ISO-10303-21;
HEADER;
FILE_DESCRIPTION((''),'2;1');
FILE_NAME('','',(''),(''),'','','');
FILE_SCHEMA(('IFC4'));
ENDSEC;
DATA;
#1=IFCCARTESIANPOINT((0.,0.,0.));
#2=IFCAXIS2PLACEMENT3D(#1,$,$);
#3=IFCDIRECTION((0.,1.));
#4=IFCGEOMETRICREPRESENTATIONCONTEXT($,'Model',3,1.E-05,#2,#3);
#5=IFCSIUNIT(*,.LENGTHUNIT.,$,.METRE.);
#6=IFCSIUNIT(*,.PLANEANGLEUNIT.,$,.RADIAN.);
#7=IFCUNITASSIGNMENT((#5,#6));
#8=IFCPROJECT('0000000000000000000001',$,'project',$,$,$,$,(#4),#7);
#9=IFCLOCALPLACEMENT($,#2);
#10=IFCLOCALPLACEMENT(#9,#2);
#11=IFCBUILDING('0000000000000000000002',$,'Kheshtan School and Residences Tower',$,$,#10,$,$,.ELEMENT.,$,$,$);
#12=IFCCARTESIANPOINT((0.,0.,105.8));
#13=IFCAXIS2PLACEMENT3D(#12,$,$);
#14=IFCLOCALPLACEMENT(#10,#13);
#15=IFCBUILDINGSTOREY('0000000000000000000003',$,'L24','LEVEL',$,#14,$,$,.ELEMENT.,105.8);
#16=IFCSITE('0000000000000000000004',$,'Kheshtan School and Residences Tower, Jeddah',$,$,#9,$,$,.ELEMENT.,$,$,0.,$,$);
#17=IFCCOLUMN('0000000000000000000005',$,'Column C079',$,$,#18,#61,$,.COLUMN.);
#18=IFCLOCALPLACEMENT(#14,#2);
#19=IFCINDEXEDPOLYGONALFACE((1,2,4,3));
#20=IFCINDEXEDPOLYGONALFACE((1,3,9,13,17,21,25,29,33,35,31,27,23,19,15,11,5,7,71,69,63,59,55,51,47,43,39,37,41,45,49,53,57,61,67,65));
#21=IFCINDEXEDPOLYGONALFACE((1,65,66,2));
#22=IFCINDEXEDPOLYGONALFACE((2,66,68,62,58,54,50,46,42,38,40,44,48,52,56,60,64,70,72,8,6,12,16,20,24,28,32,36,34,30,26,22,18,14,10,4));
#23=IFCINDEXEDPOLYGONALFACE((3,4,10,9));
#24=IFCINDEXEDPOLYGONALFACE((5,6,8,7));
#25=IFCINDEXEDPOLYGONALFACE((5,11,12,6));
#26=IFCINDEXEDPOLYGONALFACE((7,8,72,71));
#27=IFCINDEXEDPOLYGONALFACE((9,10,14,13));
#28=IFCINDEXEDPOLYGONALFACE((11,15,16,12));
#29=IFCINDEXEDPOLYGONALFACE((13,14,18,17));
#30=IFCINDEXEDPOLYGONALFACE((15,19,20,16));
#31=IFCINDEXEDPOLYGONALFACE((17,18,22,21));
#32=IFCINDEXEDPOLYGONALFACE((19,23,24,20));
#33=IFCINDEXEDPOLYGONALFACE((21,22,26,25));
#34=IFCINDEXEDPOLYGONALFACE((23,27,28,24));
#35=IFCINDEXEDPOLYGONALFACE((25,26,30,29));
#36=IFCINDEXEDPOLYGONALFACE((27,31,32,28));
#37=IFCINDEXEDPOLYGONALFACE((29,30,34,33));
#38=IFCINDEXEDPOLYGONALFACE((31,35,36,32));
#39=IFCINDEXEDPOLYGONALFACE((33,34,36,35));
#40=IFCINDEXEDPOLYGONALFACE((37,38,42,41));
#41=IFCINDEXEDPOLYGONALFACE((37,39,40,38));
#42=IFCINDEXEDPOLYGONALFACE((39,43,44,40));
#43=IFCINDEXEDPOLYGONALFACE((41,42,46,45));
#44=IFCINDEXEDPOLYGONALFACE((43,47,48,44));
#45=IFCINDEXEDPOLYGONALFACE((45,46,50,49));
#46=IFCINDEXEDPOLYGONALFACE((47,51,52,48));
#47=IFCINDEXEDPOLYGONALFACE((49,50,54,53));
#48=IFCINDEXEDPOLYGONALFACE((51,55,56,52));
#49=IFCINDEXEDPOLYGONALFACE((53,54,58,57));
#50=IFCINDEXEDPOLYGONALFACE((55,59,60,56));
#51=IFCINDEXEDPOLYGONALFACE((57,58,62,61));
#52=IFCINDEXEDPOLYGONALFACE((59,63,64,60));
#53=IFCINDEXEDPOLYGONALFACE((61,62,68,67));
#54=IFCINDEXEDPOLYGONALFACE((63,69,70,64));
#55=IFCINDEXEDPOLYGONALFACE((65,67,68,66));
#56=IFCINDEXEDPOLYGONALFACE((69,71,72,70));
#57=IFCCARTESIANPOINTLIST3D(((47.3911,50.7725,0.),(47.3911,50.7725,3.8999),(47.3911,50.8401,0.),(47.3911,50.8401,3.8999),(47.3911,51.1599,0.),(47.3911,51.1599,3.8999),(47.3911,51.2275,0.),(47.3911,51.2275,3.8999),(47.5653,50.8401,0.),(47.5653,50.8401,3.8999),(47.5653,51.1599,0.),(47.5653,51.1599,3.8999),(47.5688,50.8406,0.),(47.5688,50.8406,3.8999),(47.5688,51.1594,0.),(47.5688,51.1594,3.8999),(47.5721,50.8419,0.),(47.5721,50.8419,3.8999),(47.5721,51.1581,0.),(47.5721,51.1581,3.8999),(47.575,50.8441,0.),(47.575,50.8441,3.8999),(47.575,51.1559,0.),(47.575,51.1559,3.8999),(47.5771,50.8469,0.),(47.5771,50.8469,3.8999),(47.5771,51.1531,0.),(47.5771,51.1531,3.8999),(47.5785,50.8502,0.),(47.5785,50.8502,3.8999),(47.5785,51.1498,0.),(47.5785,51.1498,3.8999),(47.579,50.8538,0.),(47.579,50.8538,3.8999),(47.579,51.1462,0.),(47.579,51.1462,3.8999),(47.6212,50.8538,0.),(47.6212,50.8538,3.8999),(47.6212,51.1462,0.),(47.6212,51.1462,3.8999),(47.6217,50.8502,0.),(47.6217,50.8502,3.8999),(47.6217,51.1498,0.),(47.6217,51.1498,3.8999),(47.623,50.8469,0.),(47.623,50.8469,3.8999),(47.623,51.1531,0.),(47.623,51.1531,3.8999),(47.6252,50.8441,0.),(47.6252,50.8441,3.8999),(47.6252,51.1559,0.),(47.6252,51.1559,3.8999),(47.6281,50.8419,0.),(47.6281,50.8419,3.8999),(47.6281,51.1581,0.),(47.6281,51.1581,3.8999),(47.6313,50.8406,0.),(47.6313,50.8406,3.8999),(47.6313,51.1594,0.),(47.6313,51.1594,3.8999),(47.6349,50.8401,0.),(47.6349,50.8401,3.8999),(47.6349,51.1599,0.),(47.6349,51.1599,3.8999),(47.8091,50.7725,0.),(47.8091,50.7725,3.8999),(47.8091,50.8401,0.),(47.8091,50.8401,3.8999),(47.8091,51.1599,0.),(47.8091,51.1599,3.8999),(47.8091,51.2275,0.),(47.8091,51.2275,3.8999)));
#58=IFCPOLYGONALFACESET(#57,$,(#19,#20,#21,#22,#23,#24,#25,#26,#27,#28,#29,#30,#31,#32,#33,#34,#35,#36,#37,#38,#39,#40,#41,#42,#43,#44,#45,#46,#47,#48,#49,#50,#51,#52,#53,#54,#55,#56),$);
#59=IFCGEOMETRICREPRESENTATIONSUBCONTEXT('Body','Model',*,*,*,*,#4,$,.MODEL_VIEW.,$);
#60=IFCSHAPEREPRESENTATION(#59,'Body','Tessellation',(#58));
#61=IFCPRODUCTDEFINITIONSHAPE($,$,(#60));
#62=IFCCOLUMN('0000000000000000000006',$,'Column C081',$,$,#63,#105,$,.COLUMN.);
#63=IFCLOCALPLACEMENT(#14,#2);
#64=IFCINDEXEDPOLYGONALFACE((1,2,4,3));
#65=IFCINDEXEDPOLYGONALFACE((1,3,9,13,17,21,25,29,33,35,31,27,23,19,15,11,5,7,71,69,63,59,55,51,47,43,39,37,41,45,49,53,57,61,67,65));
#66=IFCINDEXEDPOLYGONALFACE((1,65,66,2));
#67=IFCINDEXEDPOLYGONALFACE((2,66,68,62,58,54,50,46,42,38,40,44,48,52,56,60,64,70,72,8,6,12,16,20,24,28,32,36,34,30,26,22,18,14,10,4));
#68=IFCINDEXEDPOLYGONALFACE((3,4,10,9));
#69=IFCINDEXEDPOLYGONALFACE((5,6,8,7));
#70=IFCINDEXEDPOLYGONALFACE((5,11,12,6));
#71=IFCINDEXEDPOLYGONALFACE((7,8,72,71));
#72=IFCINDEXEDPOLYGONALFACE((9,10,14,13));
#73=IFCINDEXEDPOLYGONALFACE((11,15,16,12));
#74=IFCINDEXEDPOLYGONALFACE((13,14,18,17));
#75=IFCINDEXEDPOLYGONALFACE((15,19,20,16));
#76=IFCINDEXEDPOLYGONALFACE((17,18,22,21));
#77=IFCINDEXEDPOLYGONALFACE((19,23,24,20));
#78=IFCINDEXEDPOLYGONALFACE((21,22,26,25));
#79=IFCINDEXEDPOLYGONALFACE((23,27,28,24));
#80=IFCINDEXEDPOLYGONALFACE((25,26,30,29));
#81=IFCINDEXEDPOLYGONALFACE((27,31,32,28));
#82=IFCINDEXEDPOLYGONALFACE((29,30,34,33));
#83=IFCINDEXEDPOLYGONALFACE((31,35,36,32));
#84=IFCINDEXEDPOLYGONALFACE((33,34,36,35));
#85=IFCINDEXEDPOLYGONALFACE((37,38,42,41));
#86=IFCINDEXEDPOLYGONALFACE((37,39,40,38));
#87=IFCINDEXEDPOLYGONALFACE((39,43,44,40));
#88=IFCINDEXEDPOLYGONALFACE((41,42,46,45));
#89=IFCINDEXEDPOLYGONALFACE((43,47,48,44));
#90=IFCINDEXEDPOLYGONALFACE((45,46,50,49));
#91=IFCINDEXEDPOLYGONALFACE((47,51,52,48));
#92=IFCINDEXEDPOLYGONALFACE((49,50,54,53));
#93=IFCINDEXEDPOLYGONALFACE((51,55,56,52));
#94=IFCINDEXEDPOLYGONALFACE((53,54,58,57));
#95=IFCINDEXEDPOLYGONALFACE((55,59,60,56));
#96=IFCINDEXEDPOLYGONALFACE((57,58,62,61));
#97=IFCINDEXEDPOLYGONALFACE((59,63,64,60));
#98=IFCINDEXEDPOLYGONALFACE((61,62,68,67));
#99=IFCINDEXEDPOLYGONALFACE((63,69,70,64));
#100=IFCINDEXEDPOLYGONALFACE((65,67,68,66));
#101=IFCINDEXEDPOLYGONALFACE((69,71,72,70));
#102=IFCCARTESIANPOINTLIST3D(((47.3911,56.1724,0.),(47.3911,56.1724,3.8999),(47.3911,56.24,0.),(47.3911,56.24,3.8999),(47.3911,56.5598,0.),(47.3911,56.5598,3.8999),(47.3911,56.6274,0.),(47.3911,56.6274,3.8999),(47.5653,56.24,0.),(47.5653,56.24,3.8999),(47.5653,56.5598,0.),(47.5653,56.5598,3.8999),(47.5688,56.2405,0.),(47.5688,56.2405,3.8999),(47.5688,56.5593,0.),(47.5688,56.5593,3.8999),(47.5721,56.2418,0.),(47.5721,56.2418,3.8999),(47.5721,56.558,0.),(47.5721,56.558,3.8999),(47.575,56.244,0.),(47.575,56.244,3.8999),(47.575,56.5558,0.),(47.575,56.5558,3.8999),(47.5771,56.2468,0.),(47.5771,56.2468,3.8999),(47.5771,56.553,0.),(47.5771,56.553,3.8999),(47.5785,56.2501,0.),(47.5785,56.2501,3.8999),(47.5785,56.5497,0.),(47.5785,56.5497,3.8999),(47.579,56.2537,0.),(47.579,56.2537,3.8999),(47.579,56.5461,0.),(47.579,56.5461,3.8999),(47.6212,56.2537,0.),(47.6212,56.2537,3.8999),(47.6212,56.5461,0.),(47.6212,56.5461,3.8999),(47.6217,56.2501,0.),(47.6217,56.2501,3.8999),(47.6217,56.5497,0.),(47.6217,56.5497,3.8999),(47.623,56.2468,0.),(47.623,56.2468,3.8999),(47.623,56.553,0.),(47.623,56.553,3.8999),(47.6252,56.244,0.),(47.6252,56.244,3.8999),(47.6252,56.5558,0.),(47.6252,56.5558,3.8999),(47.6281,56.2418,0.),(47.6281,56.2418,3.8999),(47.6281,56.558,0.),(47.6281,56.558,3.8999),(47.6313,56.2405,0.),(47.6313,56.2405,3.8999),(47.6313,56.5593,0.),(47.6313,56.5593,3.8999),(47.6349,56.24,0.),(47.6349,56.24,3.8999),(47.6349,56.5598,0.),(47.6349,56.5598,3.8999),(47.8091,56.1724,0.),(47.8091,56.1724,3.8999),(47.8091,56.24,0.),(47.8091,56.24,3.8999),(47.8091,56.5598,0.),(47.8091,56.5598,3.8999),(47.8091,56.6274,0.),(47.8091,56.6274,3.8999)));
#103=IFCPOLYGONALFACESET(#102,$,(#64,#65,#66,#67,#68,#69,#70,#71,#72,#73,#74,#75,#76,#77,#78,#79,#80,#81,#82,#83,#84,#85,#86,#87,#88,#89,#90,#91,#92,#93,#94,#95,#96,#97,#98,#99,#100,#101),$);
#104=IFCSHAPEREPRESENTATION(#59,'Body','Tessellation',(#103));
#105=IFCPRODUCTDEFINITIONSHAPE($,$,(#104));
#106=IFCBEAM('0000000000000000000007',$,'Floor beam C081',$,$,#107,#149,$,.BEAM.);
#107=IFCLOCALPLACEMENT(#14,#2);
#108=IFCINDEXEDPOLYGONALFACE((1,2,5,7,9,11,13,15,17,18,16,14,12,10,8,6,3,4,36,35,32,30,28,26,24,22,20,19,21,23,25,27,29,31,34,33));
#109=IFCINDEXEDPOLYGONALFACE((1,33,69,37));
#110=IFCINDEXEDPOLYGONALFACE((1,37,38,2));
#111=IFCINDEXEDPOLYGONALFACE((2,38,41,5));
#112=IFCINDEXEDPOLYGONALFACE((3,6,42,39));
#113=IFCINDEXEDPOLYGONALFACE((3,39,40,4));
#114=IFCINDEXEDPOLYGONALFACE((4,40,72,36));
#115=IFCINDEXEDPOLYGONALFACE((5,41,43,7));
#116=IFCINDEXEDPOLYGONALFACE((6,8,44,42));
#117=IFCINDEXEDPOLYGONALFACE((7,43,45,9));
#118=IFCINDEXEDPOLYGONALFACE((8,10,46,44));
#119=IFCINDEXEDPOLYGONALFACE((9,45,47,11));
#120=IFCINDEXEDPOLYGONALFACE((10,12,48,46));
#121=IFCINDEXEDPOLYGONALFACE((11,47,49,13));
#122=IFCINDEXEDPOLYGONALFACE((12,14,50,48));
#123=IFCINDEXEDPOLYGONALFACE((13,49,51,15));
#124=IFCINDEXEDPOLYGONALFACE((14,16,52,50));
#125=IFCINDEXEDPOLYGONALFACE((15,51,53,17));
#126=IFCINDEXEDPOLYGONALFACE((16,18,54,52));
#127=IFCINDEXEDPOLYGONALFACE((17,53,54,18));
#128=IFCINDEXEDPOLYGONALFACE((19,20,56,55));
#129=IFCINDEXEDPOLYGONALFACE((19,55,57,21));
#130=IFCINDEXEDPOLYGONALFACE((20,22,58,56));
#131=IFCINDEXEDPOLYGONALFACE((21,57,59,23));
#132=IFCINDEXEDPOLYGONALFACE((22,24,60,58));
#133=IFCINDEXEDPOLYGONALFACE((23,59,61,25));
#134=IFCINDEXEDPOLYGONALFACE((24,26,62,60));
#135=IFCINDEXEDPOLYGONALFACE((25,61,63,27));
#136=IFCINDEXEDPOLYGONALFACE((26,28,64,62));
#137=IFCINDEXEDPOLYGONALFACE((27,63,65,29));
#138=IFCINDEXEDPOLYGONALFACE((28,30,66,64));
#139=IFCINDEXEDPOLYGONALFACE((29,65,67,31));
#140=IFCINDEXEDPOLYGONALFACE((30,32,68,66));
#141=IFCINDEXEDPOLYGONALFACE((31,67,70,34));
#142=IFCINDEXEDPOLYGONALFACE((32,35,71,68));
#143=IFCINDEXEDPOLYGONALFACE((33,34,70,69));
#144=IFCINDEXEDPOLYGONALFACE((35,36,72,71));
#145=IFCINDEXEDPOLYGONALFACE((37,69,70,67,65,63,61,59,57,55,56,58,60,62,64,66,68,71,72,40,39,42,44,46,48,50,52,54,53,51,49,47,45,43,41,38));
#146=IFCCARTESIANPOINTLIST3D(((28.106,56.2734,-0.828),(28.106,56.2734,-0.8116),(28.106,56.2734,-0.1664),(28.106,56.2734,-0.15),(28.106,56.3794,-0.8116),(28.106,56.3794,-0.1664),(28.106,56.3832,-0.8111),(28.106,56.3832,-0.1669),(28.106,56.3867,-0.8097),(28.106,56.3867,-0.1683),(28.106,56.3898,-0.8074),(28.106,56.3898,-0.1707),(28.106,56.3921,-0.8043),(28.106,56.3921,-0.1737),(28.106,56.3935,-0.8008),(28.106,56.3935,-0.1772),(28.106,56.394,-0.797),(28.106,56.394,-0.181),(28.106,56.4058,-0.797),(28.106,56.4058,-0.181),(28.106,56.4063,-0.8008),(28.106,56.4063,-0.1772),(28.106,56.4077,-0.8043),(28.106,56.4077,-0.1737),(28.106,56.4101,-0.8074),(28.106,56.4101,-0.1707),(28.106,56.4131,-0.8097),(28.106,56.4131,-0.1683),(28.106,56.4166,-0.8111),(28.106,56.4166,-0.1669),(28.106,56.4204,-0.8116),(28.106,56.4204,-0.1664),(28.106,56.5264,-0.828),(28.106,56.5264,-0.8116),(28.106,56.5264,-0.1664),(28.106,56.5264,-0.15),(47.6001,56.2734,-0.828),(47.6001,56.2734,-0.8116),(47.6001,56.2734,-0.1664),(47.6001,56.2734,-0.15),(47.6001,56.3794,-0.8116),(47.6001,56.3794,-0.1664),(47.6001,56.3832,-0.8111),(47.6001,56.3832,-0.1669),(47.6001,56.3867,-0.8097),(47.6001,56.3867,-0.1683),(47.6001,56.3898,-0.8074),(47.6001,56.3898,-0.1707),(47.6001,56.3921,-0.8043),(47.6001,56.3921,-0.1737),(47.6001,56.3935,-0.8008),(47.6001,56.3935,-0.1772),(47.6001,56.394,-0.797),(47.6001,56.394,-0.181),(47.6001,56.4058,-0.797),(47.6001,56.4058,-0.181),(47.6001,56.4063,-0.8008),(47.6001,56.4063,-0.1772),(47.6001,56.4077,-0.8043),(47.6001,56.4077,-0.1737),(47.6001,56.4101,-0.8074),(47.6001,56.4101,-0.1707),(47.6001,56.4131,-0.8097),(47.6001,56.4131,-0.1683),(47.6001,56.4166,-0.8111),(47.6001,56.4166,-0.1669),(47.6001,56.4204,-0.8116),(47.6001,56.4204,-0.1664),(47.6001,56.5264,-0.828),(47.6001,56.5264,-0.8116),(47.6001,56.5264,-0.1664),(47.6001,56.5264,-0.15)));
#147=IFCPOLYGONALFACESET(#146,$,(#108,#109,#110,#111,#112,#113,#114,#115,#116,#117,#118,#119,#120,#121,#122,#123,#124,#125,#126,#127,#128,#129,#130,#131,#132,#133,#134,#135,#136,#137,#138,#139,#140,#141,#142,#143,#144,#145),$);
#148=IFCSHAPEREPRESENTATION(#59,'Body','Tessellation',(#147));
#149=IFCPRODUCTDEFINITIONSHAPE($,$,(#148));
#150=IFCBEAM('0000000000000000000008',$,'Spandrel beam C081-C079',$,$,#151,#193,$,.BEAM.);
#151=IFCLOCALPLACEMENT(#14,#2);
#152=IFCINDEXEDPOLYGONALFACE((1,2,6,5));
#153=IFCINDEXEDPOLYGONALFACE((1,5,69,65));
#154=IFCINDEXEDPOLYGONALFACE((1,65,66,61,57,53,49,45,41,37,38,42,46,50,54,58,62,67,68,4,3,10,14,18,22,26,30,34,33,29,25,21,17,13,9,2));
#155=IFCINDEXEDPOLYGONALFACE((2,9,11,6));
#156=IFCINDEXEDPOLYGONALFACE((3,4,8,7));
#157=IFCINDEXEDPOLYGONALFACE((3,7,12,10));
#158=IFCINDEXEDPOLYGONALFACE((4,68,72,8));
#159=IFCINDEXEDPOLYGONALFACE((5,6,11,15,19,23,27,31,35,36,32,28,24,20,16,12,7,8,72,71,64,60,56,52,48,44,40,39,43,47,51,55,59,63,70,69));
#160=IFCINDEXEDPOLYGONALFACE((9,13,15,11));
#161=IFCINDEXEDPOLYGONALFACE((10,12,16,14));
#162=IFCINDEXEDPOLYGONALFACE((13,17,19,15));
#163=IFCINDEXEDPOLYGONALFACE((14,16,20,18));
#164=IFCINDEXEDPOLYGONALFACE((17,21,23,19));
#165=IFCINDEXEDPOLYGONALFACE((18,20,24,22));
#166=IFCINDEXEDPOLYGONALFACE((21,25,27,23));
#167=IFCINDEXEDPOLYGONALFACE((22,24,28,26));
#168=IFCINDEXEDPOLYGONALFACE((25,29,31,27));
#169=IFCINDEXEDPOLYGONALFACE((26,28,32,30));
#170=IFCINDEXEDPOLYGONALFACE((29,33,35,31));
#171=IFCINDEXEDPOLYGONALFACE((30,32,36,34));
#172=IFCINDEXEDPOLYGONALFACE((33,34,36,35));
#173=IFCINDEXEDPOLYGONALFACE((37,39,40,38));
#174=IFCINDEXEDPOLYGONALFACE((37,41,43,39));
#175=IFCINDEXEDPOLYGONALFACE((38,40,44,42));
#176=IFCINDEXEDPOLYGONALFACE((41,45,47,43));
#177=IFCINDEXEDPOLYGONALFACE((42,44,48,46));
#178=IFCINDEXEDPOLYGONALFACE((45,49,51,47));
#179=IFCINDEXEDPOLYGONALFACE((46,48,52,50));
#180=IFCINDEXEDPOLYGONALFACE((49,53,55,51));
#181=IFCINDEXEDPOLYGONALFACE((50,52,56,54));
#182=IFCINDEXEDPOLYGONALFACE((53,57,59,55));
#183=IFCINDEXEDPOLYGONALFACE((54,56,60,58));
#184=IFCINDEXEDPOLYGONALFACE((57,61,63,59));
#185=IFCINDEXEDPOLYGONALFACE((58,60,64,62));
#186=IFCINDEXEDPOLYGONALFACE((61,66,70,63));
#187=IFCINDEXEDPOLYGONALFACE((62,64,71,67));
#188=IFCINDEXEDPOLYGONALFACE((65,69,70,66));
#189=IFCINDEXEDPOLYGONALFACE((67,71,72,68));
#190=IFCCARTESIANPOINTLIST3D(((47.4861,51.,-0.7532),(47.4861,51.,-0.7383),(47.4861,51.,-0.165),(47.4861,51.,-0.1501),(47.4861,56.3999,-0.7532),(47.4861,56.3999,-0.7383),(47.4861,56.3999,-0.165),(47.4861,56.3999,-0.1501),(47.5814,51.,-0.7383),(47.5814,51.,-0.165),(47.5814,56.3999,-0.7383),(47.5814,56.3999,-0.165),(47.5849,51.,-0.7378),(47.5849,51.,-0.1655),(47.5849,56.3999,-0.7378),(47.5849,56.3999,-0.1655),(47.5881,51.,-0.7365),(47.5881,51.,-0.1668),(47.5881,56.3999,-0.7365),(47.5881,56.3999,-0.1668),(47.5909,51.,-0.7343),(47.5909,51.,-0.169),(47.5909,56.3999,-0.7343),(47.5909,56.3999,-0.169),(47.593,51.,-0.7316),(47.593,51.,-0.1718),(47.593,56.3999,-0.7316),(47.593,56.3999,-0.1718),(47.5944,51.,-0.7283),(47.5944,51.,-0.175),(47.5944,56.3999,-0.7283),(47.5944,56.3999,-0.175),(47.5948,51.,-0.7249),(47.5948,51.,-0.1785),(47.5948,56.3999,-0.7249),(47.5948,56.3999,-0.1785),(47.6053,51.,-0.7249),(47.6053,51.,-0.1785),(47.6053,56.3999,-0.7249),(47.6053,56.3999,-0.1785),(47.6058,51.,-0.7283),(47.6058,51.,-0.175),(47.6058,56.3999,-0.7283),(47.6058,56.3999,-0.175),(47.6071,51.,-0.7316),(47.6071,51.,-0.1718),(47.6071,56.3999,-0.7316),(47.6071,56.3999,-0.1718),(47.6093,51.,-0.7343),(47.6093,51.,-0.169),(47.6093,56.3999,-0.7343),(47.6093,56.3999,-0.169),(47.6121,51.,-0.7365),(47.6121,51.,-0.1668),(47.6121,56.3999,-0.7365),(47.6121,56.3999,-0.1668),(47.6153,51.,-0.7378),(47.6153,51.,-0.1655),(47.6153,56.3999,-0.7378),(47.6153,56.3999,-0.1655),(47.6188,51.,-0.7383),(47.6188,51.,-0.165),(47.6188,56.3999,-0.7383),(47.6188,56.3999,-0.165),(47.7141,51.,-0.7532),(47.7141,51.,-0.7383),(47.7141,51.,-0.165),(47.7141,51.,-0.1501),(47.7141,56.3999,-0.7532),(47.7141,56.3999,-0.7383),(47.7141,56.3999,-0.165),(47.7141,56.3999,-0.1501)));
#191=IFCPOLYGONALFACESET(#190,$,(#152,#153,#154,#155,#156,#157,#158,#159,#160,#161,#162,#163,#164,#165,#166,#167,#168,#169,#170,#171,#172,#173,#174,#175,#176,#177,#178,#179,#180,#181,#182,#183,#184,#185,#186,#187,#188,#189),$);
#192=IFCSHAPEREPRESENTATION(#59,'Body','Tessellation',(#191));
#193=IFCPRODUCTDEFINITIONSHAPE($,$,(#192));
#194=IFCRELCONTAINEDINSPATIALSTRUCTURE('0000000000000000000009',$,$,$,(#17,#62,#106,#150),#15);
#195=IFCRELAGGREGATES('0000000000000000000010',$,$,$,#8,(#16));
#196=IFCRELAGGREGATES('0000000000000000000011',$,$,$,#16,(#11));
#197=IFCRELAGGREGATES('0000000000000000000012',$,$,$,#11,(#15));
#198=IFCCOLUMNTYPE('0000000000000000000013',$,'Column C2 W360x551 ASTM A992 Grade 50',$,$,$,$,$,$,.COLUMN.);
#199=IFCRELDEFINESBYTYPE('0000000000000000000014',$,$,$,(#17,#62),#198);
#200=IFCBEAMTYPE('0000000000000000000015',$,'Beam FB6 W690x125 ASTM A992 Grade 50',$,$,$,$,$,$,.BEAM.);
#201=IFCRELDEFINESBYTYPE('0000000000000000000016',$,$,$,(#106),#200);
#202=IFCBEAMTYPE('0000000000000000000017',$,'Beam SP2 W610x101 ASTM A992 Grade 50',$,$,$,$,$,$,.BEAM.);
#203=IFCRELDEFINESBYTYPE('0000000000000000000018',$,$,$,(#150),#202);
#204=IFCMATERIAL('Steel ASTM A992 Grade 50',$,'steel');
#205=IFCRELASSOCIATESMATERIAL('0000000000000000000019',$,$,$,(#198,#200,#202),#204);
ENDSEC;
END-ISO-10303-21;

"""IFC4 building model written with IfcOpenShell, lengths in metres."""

from ifc_helpers import new_model, si_unit, direction, frame, origin, origin_2d, place, context, subcontext, project, spatial, i_section, extrude, material, material_profile, profile_set, type_object, element, save


model = new_model("IFC4")

# Units and contexts
model_context = context("Model", 3, precision=1e-05, world=origin(), true_north=direction((0.0, 1.0)))
body_context = subcontext(model_context, "Body", "Model", "MODEL_VIEW")
ifc_project = project(units=[si_unit("LENGTHUNIT", "METRE"), si_unit("PLANEANGLEUNIT", "RADIAN")], contexts=[model_context])

# Site, building, storey
site_placement = place(None, origin())
site = spatial("IfcSite", under=ifc_project, at=site_placement, Name="Kheshtan School and Residences Tower, Jeddah", CompositionType="ELEMENT", RefElevation=0.0)
building_placement = place(site_placement, origin())
building = spatial("IfcBuilding", under=site, at=building_placement, Name="Kheshtan School and Residences Tower", CompositionType="ELEMENT")
storey_placement = place(building_placement, frame((0.0, 0.0, 105.8)))
storey = spatial("IfcBuildingStorey", under=building, at=storey_placement, Name="L24", Description="LEVEL", CompositionType="ELEMENT", Elevation=105.8)

# Columns
ifc_material_1 = material(Name="Steel ASTM A992 Grade 50", Category="steel")
ifc_material_profile_1 = material_profile(ifc_material_1, i_section(OverallWidth=0.418, OverallDepth=0.4551, WebThickness=0.0422, FlangeThickness=0.0676, FilletRadius=0.0137, at=origin_2d()), Name="W360x551")
ifc_profile_set_1 = profile_set([ifc_material_profile_1], Name="Steel ASTM A992 Grade 50")
column_type = type_object("IfcColumnType", Name="Column C2 W360x551 ASTM A992 Grade 50", PredefinedType="COLUMN", material=ifc_profile_set_1)
for number, where, z_axis, x_axis, name in (
    (1, (47.6001, 51.0, 0.0), (0.0, 0.0, 1.0), (1.0, 0.0, 0.0), "Column C079"),
    (2, (47.6001, 56.3999, 0.0), (0.0, 0.0, 1.0), (1.0, 0.0, 0.0), "Column C081"),
):
    element("IfcColumn", number, at=place(storey_placement, frame(where, z_axis=z_axis, x_axis=x_axis)), inside=storey, type_object=column_type, Name=name, PredefinedType="COLUMN", context=body_context, shape_type="SweptSolid", body=[
        extrude(i_section(OverallWidth=0.418, OverallDepth=0.4551, WebThickness=0.0422, FlangeThickness=0.0676, FilletRadius=0.0137, at=origin_2d()), origin(), (0.0, 0.0, 1.0), 3.8999),
    ])

# Beams
ifc_material_profile_2 = material_profile(ifc_material_1, i_section(OverallWidth=0.2529, OverallDepth=0.678, WebThickness=0.0117, FlangeThickness=0.0164, FilletRadius=0.0146, at=origin_2d()), Name="W690x125")
ifc_profile_set_2 = profile_set([ifc_material_profile_2], Name="Steel ASTM A992 Grade 50")
beam_type_1 = type_object("IfcBeamType", Name="Beam FB6 W690x125 ASTM A992 Grade 50", PredefinedType="BEAM", material=ifc_profile_set_2)
beam_1_placement = place(storey_placement, frame((47.6001, 56.3999, -0.489), z_axis=(-1.0, 0.0, 0.0), x_axis=(0.0, -1.0, 0.0)))
element("IfcBeam", 3, at=beam_1_placement, inside=storey, type_object=beam_type_1, Name="Floor beam C081", PredefinedType="BEAM", context=body_context, shape_type="SweptSolid", body=[
    extrude(i_section(OverallWidth=0.2529, OverallDepth=0.678, WebThickness=0.0117, FlangeThickness=0.0164, FilletRadius=0.0146, at=origin_2d()), origin(), (0.0, 0.0, 1.0), 19.4941),
])
ifc_material_profile_3 = material_profile(ifc_material_1, i_section(OverallWidth=0.228, OverallDepth=0.603, WebThickness=0.0105, FlangeThickness=0.0149, FilletRadius=0.0134, at=origin_2d()), Name="W610x101")
ifc_profile_set_3 = profile_set([ifc_material_profile_3], Name="Steel ASTM A992 Grade 50")
beam_type_2 = type_object("IfcBeamType", Name="Beam SP2 W610x101 ASTM A992 Grade 50", PredefinedType="BEAM", material=ifc_profile_set_3)
beam_2_placement = place(storey_placement, frame((47.6001, 56.3999, -0.4517), z_axis=(0.0, -1.0, 0.0), x_axis=(1.0, 0.0, 0.0)))
element("IfcBeam", 4, at=beam_2_placement, inside=storey, type_object=beam_type_2, Name="Spandrel beam C081-C079", PredefinedType="BEAM", context=body_context, shape_type="SweptSolid", body=[
    extrude(i_section(OverallWidth=0.228, OverallDepth=0.603, WebThickness=0.0105, FlangeThickness=0.0149, FilletRadius=0.0134, at=origin_2d()), origin(), (0.0, 0.0, 1.0), 5.3999),
])

save(model, "model.ifc")
